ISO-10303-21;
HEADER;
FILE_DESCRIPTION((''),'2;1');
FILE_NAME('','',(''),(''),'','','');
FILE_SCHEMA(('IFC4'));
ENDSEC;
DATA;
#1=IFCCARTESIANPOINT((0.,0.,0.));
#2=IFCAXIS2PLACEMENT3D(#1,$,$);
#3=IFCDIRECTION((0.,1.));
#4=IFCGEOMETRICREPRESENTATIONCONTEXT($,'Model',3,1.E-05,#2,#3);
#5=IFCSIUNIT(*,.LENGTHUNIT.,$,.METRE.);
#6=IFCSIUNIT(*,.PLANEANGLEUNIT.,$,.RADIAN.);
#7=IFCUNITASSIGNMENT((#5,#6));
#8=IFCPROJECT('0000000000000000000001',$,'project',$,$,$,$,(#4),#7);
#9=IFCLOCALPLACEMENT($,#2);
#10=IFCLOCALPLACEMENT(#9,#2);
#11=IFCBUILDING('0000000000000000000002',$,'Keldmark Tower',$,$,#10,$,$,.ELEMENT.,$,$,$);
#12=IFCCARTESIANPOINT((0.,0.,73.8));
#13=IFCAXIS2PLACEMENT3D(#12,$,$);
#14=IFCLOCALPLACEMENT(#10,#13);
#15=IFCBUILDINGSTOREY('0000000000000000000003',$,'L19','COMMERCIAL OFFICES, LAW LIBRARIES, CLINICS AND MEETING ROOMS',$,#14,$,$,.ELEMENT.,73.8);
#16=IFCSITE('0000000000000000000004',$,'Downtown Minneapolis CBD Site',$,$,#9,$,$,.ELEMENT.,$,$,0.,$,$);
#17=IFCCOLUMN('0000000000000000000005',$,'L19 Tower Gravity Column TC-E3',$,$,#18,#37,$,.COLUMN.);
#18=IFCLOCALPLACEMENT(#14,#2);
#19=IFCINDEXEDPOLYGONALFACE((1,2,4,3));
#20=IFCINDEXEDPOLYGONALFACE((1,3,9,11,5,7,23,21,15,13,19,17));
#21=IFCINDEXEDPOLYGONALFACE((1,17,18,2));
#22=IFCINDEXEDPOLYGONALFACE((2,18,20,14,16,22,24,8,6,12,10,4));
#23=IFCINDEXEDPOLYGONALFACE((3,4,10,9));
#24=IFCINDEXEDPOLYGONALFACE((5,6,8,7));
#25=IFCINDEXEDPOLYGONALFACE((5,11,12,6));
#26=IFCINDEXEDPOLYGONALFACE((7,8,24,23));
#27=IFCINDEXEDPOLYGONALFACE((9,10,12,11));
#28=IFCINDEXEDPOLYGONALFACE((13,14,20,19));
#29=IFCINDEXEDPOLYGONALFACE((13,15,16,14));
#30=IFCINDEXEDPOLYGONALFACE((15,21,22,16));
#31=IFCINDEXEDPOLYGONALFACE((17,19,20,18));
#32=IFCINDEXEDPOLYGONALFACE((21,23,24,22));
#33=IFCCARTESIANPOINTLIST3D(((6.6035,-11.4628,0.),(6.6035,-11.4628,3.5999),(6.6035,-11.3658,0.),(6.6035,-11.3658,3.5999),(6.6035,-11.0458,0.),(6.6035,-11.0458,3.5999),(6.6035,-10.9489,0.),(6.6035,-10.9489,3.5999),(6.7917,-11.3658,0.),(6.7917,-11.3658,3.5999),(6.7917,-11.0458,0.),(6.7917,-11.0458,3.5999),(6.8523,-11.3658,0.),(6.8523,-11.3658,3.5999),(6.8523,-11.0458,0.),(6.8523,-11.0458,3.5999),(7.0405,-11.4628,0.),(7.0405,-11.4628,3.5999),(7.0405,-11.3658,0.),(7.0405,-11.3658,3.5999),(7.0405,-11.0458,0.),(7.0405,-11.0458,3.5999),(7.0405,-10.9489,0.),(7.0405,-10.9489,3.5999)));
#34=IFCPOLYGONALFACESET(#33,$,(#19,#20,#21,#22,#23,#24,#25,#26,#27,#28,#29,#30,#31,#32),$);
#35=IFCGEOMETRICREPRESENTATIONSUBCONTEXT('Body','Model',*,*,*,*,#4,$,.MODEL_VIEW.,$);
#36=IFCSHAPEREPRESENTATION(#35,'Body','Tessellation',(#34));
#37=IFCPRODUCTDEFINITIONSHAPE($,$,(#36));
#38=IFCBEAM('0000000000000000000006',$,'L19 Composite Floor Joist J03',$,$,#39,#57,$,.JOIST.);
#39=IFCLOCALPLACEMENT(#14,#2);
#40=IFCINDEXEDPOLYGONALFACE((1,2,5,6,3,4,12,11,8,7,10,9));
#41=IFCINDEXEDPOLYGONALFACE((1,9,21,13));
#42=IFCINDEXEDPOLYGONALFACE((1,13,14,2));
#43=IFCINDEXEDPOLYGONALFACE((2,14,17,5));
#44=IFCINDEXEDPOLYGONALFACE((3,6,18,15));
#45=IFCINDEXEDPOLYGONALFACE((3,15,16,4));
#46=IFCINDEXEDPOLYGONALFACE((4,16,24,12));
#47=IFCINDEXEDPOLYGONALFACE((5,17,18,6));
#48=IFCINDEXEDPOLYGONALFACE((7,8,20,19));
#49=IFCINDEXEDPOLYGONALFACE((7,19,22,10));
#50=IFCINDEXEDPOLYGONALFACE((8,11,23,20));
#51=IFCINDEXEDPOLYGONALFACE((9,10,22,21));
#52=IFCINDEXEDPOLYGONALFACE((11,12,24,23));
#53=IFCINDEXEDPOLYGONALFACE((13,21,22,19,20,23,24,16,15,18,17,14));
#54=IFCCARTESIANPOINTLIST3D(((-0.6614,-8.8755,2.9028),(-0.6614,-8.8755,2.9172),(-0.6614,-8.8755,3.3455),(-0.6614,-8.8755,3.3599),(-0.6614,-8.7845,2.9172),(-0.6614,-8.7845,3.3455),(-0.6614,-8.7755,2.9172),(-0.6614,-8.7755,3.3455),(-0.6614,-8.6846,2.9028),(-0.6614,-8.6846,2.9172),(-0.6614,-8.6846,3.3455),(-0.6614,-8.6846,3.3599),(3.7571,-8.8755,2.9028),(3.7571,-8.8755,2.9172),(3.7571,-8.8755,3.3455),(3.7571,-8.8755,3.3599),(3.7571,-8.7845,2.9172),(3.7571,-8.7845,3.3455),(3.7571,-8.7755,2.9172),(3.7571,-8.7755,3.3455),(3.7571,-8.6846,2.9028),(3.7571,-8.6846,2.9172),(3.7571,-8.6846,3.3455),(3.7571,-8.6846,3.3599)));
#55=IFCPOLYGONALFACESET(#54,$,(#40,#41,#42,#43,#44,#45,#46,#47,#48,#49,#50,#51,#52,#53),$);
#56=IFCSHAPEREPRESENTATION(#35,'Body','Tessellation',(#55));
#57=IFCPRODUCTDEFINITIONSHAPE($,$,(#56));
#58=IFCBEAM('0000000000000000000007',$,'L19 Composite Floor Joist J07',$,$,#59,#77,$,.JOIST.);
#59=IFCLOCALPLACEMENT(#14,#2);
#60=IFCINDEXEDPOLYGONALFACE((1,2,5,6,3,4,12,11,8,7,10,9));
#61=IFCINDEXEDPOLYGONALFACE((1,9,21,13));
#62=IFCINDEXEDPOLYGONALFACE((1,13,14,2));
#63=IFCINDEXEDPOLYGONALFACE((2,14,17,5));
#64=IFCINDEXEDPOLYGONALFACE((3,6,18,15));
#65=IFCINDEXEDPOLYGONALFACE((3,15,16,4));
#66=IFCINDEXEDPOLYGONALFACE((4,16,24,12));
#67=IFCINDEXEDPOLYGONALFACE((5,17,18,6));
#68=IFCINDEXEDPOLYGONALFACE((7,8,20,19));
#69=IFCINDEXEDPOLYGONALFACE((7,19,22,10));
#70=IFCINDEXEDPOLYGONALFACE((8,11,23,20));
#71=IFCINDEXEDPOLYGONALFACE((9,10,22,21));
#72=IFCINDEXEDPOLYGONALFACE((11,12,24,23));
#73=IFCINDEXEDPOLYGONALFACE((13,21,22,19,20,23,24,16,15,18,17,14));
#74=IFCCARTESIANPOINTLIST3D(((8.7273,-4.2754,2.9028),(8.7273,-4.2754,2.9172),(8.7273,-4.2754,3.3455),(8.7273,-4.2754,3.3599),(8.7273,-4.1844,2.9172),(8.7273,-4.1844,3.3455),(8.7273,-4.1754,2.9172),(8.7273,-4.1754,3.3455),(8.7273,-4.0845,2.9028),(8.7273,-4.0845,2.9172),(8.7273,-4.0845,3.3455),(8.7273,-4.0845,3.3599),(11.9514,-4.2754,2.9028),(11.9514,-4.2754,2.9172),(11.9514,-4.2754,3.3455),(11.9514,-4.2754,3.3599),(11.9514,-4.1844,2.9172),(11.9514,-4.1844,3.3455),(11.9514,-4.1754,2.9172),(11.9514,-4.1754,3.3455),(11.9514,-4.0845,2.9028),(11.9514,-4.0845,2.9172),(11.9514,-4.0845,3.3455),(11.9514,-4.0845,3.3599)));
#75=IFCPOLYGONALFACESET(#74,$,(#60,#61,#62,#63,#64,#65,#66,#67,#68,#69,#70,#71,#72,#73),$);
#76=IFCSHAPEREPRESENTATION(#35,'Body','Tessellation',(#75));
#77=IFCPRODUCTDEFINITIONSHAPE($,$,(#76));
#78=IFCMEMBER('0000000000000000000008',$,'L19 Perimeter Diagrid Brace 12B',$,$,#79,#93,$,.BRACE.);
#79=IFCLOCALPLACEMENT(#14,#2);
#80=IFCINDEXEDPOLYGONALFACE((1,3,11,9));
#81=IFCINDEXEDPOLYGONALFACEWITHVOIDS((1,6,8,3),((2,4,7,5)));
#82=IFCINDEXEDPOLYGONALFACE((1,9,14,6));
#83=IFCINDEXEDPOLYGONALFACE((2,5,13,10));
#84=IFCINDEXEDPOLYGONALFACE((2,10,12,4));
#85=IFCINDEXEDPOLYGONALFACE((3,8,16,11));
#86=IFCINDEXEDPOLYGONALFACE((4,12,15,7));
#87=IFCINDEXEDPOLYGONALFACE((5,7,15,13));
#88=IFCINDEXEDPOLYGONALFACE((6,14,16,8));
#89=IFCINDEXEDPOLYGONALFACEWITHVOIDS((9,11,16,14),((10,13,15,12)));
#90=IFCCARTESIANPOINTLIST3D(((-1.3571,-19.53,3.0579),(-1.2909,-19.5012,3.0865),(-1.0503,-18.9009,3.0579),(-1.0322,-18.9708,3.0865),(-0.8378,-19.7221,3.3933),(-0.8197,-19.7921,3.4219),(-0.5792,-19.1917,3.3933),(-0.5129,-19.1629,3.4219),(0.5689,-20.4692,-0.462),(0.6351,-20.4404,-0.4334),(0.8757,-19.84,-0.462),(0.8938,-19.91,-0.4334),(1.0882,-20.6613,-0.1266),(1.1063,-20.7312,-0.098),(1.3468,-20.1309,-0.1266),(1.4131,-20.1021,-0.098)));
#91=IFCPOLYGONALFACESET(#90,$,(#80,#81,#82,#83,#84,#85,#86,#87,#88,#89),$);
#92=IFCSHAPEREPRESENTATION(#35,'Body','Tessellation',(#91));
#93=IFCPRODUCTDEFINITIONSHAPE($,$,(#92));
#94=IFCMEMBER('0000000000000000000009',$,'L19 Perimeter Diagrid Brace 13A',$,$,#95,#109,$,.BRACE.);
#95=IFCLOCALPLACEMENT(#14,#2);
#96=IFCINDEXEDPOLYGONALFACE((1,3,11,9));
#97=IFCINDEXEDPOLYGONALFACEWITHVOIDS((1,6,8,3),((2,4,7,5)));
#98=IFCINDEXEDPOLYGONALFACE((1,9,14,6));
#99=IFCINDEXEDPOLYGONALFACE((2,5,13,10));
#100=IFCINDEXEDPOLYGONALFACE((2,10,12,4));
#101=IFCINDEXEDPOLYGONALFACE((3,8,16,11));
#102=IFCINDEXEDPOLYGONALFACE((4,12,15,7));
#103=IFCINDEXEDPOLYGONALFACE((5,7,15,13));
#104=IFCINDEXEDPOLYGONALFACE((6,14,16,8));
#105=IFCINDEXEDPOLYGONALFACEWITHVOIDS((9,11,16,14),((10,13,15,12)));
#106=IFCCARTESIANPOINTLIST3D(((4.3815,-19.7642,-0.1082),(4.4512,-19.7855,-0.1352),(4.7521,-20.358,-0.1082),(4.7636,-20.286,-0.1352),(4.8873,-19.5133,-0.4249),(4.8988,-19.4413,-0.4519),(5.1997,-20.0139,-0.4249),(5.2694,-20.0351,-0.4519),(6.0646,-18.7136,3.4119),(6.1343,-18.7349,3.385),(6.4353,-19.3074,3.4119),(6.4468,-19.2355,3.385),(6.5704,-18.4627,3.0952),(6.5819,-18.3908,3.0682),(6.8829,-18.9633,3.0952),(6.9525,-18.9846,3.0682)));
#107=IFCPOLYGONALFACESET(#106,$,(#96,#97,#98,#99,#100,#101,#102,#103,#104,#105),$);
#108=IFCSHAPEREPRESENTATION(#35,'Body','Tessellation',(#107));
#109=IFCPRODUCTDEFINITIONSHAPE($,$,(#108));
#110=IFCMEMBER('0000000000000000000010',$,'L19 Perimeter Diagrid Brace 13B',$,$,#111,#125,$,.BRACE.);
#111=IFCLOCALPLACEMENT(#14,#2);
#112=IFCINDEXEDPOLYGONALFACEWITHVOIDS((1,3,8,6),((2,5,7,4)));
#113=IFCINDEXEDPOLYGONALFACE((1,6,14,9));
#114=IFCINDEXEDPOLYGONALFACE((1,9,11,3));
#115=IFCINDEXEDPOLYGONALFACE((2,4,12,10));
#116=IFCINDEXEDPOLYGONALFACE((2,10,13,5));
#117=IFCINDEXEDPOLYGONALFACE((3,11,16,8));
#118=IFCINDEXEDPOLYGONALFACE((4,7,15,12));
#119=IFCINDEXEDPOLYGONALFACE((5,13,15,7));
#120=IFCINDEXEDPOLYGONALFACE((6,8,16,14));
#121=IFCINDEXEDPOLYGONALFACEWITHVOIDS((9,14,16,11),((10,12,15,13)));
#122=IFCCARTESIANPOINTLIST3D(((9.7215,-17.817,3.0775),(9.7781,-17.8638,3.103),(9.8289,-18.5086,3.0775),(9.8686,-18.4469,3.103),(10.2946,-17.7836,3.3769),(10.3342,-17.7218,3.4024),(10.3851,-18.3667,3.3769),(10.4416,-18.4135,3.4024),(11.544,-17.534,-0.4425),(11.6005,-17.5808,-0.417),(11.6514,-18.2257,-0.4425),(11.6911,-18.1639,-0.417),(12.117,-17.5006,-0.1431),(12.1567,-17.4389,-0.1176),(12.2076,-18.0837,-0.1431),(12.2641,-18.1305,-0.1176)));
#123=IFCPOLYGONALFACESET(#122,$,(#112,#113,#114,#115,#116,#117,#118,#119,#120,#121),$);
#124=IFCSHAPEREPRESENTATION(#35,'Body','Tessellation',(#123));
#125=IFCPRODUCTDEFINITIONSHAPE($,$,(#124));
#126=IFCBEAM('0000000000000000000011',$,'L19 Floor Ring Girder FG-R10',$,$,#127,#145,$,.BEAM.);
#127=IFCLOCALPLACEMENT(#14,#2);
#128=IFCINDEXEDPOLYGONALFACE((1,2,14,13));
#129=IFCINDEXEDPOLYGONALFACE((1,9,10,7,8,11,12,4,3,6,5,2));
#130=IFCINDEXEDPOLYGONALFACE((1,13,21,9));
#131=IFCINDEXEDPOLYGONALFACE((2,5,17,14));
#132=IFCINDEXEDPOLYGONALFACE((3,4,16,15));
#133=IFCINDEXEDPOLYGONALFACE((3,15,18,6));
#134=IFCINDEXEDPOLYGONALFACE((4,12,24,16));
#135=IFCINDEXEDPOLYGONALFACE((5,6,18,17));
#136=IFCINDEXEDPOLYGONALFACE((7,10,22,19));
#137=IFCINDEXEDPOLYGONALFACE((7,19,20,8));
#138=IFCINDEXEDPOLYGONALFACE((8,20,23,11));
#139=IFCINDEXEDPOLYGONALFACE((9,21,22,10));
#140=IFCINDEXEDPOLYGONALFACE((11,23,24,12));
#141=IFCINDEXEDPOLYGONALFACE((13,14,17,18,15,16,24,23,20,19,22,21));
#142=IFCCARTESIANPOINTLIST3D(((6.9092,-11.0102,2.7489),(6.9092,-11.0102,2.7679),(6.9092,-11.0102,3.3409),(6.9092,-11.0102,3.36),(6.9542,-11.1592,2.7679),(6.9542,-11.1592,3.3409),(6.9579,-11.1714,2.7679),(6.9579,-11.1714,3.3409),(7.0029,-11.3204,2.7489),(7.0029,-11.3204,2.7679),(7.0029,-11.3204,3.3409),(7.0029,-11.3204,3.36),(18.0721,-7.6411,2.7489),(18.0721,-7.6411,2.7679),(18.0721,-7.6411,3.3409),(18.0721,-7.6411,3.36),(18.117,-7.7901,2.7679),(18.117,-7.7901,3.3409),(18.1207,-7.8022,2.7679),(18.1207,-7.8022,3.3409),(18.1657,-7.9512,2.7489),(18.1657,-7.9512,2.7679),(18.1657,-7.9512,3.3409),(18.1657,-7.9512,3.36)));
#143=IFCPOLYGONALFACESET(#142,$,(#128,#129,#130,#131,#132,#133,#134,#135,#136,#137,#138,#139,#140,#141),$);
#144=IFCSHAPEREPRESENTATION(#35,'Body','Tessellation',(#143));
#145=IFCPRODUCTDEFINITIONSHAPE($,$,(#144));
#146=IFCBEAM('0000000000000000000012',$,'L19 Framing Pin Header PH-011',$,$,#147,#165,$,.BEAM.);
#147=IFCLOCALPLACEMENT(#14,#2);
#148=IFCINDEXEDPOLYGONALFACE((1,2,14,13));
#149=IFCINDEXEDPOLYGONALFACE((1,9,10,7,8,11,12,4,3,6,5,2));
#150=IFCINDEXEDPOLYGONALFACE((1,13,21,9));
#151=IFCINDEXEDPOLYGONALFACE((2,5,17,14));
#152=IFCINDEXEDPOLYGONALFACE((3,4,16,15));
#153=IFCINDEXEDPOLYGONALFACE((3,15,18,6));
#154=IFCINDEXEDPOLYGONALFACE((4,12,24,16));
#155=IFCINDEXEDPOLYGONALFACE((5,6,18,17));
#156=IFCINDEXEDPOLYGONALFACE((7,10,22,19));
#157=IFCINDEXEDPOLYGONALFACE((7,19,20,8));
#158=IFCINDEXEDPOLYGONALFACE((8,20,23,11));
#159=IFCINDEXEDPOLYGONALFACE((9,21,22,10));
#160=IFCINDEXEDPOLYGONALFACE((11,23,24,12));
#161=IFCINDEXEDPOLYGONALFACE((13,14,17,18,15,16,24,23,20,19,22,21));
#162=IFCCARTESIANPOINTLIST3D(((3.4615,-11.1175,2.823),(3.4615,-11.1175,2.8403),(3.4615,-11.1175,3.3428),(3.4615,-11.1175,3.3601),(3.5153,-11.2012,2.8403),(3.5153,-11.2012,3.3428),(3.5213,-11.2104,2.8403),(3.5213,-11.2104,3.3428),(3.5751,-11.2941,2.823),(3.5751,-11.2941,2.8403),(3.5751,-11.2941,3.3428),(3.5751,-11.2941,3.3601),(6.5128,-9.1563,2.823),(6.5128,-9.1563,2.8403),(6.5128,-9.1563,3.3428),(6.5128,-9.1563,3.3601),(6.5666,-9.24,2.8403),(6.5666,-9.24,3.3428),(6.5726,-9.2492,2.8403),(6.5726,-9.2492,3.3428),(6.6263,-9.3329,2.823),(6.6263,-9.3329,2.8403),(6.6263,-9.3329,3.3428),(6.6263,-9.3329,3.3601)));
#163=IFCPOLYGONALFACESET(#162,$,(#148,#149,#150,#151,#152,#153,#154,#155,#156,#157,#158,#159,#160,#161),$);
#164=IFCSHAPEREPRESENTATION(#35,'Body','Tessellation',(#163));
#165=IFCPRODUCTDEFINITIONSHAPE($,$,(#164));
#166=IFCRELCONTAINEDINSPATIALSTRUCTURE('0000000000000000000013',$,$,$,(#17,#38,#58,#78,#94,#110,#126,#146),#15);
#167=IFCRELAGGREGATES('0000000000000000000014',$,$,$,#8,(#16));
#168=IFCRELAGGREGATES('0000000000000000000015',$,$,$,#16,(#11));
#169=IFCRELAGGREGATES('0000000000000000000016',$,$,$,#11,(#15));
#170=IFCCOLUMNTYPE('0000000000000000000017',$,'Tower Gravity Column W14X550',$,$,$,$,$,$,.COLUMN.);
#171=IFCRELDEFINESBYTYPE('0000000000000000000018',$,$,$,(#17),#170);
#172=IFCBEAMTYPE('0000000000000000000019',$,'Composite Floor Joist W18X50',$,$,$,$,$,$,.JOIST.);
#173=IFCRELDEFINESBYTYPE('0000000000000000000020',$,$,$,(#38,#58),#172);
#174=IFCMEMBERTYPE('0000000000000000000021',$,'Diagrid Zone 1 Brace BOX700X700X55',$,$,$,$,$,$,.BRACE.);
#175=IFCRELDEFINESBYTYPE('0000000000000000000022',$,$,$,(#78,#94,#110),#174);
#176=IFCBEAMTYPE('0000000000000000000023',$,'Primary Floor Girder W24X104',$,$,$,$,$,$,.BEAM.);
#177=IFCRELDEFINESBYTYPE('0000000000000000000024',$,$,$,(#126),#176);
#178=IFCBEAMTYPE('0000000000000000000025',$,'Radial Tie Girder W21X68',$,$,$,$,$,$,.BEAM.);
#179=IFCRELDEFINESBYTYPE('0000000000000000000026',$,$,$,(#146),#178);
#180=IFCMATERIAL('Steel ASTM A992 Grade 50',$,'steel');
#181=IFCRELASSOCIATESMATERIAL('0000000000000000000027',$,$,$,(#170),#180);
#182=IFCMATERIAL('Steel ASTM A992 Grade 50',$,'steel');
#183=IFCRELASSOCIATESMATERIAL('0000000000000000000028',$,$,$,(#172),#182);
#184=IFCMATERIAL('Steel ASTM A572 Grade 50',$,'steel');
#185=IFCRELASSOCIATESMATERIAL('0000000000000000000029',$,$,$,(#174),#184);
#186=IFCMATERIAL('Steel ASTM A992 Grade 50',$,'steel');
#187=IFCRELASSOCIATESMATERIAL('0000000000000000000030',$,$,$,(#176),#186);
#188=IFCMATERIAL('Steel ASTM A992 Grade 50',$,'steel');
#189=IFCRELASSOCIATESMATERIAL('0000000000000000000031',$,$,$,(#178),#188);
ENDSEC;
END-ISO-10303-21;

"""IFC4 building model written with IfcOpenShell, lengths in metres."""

from ifc_helpers import new_model, si_unit, direction, frame, origin, origin_2d, place, context, subcontext, project, spatial, hollow_rectangle, i_section, extrude, material, material_profile, profile_set, type_object, element, save


model = new_model("IFC4")

# Units and contexts
model_context = context("Model", 3, precision=1e-05, world=origin(), true_north=direction((0.0, 1.0)))
body_context = subcontext(model_context, "Body", "Model", "MODEL_VIEW")
ifc_project = project(units=[si_unit("LENGTHUNIT", "METRE"), si_unit("PLANEANGLEUNIT", "RADIAN")], contexts=[model_context])

# Site, building, storey
site_placement = place(None, origin())
site = spatial("IfcSite", under=ifc_project, at=site_placement, Name="Downtown Minneapolis CBD Site", CompositionType="ELEMENT", RefElevation=0.0)
building_placement = place(site_placement, origin())
building = spatial("IfcBuilding", under=site, at=building_placement, Name="Keldmark Tower", CompositionType="ELEMENT")
storey_placement = place(building_placement, frame((0.0, 0.0, 73.8)))
storey = spatial("IfcBuildingStorey", under=building, at=storey_placement, Name="L19", Description="COMMERCIAL OFFICES, LAW LIBRARIES, CLINICS AND MEETING ROOMS", CompositionType="ELEMENT", Elevation=73.8)

# Column
ifc_material_1 = material(Name="Steel ASTM A992 Grade 50", Category="steel")
ifc_material_profile_1 = material_profile(ifc_material_1, i_section(OverallWidth=0.437, OverallDepth=0.5139, WebThickness=0.0605, FlangeThickness=0.0969, at=origin_2d()), Name="W14X550")
ifc_profile_set_1 = profile_set([ifc_material_profile_1], Name="Steel ASTM A992 Grade 50")
column_type = type_object("IfcColumnType", Name="Tower Gravity Column W14X550", PredefinedType="COLUMN", material=ifc_profile_set_1)
column_placement = place(storey_placement, frame((6.822, -11.2058, 0.0), z_axis=(0.0, 0.0, 1.0), x_axis=(1.0, 0.0, 0.0)))
element("IfcColumn", 1, at=column_placement, inside=storey, type_object=column_type, Name="L19 Tower Gravity Column TC-E3", PredefinedType="COLUMN", context=body_context, shape_type="SweptSolid", body=[
    extrude(i_section(OverallWidth=0.437, OverallDepth=0.5139, WebThickness=0.0605, FlangeThickness=0.0969, at=origin_2d()), origin(), (0.0, 0.0, 1.0), 3.5999),
])

# Beams
ifc_material_2 = material(Name="Steel ASTM A992 Grade 50", Category="steel")
ifc_material_profile_2 = material_profile(ifc_material_2, i_section(OverallWidth=0.1909, OverallDepth=0.457, WebThickness=0.009, FlangeThickness=0.0144, at=origin_2d()), Name="W18X50")
ifc_profile_set_2 = profile_set([ifc_material_profile_2], Name="Steel ASTM A992 Grade 50")
beam_type_1 = type_object("IfcBeamType", Name="Composite Floor Joist W18X50", PredefinedType="JOIST", material=ifc_profile_set_2)
beam_1_placement = place(storey_placement, frame((-0.6614, -8.78, 3.1313), z_axis=(1.0, 0.0, 0.0), x_axis=(0.0, 1.0, 0.0)))
element("IfcBeam", 2, at=beam_1_placement, inside=storey, type_object=beam_type_1, Name="L19 Composite Floor Joist J03", PredefinedType="JOIST", context=body_context, shape_type="SweptSolid", body=[
    extrude(i_section(OverallWidth=0.1909, OverallDepth=0.457, WebThickness=0.009, FlangeThickness=0.0144, at=origin_2d()), origin(), (0.0, 0.0, 1.0), 4.4185),
])
beam_2_placement = place(storey_placement, frame((8.7273, -4.1799, 3.1313), z_axis=(1.0, 0.0, 0.0), x_axis=(0.0, 1.0, 0.0)))
element("IfcBeam", 3, at=beam_2_placement, inside=storey, type_object=beam_type_1, Name="L19 Composite Floor Joist J07", PredefinedType="JOIST", context=body_context, shape_type="SweptSolid", body=[
    extrude(i_section(OverallWidth=0.1909, OverallDepth=0.457, WebThickness=0.009, FlangeThickness=0.0144, at=origin_2d()), origin(), (0.0, 0.0, 1.0), 3.2241),
])

# Members
ifc_material_3 = material(Name="Steel ASTM A572 Grade 50", Category="steel")
ifc_material_profile_3 = material_profile(ifc_material_3, hollow_rectangle(XDim=0.7, YDim=0.7, WallThickness=0.0549, at=origin_2d()), Name="BOX700X700X55")
ifc_profile_set_3 = profile_set([ifc_material_profile_3], Name="Steel ASTM A572 Grade 50")
member_type = type_object("IfcMemberType", Name="Diagrid Zone 1 Brace BOX700X700X55", PredefinedType="BRACE", material=ifc_profile_set_3)
member_1_placement = place(storey_placement, frame((0.991, -20.2856, -0.28), z_axis=(-0.467374, 0.227911, 0.854177), x_axis=(-0.438305, -0.898826, 0.0)))
element("IfcMember", 4, at=member_1_placement, inside=storey, type_object=member_type, Name="L19 Perimeter Diagrid Brace 12B", PredefinedType="BRACE", context=body_context, shape_type="SweptSolid", body=[
    extrude(hollow_rectangle(XDim=0.7, YDim=0.7, WallThickness=0.0549, at=origin_2d()), origin(), (0.0, 0.0, 1.0), 4.1208),
])
member_2_placement = place(storey_placement, frame((4.8254, -19.8997, -0.28), z_axis=(0.416541, 0.259991, 0.871148), x_axis=(-0.52949, 0.848316, 0.0)))
element("IfcMember", 5, at=member_2_placement, inside=storey, type_object=member_type, Name="L19 Perimeter Diagrid Brace 13A", PredefinedType="BRACE", context=body_context, shape_type="SweptSolid", body=[
    extrude(hollow_rectangle(XDim=0.7, YDim=0.7, WallThickness=0.0549, at=origin_2d()), origin(), (0.0, 0.0, 1.0), 4.0408),
])
member_3_placement = place(storey_placement, frame((11.9041, -17.8323, -0.28), z_axis=(-0.458616, -0.071204, 0.885777), x_axis=(0.15342, -0.988161, 0.0)))
element("IfcMember", 6, at=member_3_placement, inside=storey, type_object=member_type, Name="L19 Perimeter Diagrid Brace 13B", PredefinedType="BRACE", context=body_context, shape_type="SweptSolid", body=[
    extrude(hollow_rectangle(XDim=0.7, YDim=0.7, WallThickness=0.0549, at=origin_2d()), origin(), (0.0, 0.0, 1.0), 3.9739),
])

# Beams
ifc_material_4 = material(Name="Steel ASTM A992 Grade 50", Category="steel")
ifc_material_profile_4 = material_profile(ifc_material_4, i_section(OverallWidth=0.324, OverallDepth=0.6111, WebThickness=0.0127, FlangeThickness=0.019, at=origin_2d()), Name="W24X104")
ifc_profile_set_4 = profile_set([ifc_material_profile_4], Name="Steel ASTM A992 Grade 50")
beam_type_2 = type_object("IfcBeamType", Name="Primary Floor Girder W24X104", PredefinedType="BEAM", material=ifc_profile_set_4)
beam_3_placement = place(storey_placement, frame((6.9561, -11.1653, 3.0544), z_axis=(0.957346, 0.288944, 0.0), x_axis=(-0.288944, 0.957346, 0.0)))
element("IfcBeam", 7, at=beam_3_placement, inside=storey, type_object=beam_type_2, Name="L19 Floor Ring Girder FG-R10", PredefinedType="BEAM", context=body_context, shape_type="SweptSolid", body=[
    extrude(i_section(OverallWidth=0.324, OverallDepth=0.6111, WebThickness=0.0127, FlangeThickness=0.019, at=origin_2d()), origin(), (0.0, 0.0, 1.0), 11.6602),
])
ifc_material_5 = material(Name="Steel ASTM A992 Grade 50", Category="steel")
ifc_material_profile_5 = material_profile(ifc_material_5, i_section(OverallWidth=0.21, OverallDepth=0.5371, WebThickness=0.011, FlangeThickness=0.0173, at=origin_2d()), Name="W21X68")
ifc_profile_set_5 = profile_set([ifc_material_profile_5], Name="Steel ASTM A992 Grade 50")
beam_type_3 = type_object("IfcBeamType", Name="Radial Tie Girder W21X68", PredefinedType="BEAM", material=ifc_profile_set_5)
beam_4_placement = place(storey_placement, frame((6.5696, -9.2446, 3.0916), z_axis=(-0.841222, -0.54069, 0.0), x_axis=(0.54069, -0.841222, 0.0)))
element("IfcBeam", 8, at=beam_4_placement, inside=storey, type_object=beam_type_3, Name="L19 Framing Pin Header PH-011", PredefinedType="BEAM", context=body_context, shape_type="SweptSolid", body=[
    extrude(i_section(OverallWidth=0.21, OverallDepth=0.5371, WebThickness=0.011, FlangeThickness=0.0173, at=origin_2d()), origin(), (0.0, 0.0, 1.0), 3.6272),
])

save(model, "model.ifc")
